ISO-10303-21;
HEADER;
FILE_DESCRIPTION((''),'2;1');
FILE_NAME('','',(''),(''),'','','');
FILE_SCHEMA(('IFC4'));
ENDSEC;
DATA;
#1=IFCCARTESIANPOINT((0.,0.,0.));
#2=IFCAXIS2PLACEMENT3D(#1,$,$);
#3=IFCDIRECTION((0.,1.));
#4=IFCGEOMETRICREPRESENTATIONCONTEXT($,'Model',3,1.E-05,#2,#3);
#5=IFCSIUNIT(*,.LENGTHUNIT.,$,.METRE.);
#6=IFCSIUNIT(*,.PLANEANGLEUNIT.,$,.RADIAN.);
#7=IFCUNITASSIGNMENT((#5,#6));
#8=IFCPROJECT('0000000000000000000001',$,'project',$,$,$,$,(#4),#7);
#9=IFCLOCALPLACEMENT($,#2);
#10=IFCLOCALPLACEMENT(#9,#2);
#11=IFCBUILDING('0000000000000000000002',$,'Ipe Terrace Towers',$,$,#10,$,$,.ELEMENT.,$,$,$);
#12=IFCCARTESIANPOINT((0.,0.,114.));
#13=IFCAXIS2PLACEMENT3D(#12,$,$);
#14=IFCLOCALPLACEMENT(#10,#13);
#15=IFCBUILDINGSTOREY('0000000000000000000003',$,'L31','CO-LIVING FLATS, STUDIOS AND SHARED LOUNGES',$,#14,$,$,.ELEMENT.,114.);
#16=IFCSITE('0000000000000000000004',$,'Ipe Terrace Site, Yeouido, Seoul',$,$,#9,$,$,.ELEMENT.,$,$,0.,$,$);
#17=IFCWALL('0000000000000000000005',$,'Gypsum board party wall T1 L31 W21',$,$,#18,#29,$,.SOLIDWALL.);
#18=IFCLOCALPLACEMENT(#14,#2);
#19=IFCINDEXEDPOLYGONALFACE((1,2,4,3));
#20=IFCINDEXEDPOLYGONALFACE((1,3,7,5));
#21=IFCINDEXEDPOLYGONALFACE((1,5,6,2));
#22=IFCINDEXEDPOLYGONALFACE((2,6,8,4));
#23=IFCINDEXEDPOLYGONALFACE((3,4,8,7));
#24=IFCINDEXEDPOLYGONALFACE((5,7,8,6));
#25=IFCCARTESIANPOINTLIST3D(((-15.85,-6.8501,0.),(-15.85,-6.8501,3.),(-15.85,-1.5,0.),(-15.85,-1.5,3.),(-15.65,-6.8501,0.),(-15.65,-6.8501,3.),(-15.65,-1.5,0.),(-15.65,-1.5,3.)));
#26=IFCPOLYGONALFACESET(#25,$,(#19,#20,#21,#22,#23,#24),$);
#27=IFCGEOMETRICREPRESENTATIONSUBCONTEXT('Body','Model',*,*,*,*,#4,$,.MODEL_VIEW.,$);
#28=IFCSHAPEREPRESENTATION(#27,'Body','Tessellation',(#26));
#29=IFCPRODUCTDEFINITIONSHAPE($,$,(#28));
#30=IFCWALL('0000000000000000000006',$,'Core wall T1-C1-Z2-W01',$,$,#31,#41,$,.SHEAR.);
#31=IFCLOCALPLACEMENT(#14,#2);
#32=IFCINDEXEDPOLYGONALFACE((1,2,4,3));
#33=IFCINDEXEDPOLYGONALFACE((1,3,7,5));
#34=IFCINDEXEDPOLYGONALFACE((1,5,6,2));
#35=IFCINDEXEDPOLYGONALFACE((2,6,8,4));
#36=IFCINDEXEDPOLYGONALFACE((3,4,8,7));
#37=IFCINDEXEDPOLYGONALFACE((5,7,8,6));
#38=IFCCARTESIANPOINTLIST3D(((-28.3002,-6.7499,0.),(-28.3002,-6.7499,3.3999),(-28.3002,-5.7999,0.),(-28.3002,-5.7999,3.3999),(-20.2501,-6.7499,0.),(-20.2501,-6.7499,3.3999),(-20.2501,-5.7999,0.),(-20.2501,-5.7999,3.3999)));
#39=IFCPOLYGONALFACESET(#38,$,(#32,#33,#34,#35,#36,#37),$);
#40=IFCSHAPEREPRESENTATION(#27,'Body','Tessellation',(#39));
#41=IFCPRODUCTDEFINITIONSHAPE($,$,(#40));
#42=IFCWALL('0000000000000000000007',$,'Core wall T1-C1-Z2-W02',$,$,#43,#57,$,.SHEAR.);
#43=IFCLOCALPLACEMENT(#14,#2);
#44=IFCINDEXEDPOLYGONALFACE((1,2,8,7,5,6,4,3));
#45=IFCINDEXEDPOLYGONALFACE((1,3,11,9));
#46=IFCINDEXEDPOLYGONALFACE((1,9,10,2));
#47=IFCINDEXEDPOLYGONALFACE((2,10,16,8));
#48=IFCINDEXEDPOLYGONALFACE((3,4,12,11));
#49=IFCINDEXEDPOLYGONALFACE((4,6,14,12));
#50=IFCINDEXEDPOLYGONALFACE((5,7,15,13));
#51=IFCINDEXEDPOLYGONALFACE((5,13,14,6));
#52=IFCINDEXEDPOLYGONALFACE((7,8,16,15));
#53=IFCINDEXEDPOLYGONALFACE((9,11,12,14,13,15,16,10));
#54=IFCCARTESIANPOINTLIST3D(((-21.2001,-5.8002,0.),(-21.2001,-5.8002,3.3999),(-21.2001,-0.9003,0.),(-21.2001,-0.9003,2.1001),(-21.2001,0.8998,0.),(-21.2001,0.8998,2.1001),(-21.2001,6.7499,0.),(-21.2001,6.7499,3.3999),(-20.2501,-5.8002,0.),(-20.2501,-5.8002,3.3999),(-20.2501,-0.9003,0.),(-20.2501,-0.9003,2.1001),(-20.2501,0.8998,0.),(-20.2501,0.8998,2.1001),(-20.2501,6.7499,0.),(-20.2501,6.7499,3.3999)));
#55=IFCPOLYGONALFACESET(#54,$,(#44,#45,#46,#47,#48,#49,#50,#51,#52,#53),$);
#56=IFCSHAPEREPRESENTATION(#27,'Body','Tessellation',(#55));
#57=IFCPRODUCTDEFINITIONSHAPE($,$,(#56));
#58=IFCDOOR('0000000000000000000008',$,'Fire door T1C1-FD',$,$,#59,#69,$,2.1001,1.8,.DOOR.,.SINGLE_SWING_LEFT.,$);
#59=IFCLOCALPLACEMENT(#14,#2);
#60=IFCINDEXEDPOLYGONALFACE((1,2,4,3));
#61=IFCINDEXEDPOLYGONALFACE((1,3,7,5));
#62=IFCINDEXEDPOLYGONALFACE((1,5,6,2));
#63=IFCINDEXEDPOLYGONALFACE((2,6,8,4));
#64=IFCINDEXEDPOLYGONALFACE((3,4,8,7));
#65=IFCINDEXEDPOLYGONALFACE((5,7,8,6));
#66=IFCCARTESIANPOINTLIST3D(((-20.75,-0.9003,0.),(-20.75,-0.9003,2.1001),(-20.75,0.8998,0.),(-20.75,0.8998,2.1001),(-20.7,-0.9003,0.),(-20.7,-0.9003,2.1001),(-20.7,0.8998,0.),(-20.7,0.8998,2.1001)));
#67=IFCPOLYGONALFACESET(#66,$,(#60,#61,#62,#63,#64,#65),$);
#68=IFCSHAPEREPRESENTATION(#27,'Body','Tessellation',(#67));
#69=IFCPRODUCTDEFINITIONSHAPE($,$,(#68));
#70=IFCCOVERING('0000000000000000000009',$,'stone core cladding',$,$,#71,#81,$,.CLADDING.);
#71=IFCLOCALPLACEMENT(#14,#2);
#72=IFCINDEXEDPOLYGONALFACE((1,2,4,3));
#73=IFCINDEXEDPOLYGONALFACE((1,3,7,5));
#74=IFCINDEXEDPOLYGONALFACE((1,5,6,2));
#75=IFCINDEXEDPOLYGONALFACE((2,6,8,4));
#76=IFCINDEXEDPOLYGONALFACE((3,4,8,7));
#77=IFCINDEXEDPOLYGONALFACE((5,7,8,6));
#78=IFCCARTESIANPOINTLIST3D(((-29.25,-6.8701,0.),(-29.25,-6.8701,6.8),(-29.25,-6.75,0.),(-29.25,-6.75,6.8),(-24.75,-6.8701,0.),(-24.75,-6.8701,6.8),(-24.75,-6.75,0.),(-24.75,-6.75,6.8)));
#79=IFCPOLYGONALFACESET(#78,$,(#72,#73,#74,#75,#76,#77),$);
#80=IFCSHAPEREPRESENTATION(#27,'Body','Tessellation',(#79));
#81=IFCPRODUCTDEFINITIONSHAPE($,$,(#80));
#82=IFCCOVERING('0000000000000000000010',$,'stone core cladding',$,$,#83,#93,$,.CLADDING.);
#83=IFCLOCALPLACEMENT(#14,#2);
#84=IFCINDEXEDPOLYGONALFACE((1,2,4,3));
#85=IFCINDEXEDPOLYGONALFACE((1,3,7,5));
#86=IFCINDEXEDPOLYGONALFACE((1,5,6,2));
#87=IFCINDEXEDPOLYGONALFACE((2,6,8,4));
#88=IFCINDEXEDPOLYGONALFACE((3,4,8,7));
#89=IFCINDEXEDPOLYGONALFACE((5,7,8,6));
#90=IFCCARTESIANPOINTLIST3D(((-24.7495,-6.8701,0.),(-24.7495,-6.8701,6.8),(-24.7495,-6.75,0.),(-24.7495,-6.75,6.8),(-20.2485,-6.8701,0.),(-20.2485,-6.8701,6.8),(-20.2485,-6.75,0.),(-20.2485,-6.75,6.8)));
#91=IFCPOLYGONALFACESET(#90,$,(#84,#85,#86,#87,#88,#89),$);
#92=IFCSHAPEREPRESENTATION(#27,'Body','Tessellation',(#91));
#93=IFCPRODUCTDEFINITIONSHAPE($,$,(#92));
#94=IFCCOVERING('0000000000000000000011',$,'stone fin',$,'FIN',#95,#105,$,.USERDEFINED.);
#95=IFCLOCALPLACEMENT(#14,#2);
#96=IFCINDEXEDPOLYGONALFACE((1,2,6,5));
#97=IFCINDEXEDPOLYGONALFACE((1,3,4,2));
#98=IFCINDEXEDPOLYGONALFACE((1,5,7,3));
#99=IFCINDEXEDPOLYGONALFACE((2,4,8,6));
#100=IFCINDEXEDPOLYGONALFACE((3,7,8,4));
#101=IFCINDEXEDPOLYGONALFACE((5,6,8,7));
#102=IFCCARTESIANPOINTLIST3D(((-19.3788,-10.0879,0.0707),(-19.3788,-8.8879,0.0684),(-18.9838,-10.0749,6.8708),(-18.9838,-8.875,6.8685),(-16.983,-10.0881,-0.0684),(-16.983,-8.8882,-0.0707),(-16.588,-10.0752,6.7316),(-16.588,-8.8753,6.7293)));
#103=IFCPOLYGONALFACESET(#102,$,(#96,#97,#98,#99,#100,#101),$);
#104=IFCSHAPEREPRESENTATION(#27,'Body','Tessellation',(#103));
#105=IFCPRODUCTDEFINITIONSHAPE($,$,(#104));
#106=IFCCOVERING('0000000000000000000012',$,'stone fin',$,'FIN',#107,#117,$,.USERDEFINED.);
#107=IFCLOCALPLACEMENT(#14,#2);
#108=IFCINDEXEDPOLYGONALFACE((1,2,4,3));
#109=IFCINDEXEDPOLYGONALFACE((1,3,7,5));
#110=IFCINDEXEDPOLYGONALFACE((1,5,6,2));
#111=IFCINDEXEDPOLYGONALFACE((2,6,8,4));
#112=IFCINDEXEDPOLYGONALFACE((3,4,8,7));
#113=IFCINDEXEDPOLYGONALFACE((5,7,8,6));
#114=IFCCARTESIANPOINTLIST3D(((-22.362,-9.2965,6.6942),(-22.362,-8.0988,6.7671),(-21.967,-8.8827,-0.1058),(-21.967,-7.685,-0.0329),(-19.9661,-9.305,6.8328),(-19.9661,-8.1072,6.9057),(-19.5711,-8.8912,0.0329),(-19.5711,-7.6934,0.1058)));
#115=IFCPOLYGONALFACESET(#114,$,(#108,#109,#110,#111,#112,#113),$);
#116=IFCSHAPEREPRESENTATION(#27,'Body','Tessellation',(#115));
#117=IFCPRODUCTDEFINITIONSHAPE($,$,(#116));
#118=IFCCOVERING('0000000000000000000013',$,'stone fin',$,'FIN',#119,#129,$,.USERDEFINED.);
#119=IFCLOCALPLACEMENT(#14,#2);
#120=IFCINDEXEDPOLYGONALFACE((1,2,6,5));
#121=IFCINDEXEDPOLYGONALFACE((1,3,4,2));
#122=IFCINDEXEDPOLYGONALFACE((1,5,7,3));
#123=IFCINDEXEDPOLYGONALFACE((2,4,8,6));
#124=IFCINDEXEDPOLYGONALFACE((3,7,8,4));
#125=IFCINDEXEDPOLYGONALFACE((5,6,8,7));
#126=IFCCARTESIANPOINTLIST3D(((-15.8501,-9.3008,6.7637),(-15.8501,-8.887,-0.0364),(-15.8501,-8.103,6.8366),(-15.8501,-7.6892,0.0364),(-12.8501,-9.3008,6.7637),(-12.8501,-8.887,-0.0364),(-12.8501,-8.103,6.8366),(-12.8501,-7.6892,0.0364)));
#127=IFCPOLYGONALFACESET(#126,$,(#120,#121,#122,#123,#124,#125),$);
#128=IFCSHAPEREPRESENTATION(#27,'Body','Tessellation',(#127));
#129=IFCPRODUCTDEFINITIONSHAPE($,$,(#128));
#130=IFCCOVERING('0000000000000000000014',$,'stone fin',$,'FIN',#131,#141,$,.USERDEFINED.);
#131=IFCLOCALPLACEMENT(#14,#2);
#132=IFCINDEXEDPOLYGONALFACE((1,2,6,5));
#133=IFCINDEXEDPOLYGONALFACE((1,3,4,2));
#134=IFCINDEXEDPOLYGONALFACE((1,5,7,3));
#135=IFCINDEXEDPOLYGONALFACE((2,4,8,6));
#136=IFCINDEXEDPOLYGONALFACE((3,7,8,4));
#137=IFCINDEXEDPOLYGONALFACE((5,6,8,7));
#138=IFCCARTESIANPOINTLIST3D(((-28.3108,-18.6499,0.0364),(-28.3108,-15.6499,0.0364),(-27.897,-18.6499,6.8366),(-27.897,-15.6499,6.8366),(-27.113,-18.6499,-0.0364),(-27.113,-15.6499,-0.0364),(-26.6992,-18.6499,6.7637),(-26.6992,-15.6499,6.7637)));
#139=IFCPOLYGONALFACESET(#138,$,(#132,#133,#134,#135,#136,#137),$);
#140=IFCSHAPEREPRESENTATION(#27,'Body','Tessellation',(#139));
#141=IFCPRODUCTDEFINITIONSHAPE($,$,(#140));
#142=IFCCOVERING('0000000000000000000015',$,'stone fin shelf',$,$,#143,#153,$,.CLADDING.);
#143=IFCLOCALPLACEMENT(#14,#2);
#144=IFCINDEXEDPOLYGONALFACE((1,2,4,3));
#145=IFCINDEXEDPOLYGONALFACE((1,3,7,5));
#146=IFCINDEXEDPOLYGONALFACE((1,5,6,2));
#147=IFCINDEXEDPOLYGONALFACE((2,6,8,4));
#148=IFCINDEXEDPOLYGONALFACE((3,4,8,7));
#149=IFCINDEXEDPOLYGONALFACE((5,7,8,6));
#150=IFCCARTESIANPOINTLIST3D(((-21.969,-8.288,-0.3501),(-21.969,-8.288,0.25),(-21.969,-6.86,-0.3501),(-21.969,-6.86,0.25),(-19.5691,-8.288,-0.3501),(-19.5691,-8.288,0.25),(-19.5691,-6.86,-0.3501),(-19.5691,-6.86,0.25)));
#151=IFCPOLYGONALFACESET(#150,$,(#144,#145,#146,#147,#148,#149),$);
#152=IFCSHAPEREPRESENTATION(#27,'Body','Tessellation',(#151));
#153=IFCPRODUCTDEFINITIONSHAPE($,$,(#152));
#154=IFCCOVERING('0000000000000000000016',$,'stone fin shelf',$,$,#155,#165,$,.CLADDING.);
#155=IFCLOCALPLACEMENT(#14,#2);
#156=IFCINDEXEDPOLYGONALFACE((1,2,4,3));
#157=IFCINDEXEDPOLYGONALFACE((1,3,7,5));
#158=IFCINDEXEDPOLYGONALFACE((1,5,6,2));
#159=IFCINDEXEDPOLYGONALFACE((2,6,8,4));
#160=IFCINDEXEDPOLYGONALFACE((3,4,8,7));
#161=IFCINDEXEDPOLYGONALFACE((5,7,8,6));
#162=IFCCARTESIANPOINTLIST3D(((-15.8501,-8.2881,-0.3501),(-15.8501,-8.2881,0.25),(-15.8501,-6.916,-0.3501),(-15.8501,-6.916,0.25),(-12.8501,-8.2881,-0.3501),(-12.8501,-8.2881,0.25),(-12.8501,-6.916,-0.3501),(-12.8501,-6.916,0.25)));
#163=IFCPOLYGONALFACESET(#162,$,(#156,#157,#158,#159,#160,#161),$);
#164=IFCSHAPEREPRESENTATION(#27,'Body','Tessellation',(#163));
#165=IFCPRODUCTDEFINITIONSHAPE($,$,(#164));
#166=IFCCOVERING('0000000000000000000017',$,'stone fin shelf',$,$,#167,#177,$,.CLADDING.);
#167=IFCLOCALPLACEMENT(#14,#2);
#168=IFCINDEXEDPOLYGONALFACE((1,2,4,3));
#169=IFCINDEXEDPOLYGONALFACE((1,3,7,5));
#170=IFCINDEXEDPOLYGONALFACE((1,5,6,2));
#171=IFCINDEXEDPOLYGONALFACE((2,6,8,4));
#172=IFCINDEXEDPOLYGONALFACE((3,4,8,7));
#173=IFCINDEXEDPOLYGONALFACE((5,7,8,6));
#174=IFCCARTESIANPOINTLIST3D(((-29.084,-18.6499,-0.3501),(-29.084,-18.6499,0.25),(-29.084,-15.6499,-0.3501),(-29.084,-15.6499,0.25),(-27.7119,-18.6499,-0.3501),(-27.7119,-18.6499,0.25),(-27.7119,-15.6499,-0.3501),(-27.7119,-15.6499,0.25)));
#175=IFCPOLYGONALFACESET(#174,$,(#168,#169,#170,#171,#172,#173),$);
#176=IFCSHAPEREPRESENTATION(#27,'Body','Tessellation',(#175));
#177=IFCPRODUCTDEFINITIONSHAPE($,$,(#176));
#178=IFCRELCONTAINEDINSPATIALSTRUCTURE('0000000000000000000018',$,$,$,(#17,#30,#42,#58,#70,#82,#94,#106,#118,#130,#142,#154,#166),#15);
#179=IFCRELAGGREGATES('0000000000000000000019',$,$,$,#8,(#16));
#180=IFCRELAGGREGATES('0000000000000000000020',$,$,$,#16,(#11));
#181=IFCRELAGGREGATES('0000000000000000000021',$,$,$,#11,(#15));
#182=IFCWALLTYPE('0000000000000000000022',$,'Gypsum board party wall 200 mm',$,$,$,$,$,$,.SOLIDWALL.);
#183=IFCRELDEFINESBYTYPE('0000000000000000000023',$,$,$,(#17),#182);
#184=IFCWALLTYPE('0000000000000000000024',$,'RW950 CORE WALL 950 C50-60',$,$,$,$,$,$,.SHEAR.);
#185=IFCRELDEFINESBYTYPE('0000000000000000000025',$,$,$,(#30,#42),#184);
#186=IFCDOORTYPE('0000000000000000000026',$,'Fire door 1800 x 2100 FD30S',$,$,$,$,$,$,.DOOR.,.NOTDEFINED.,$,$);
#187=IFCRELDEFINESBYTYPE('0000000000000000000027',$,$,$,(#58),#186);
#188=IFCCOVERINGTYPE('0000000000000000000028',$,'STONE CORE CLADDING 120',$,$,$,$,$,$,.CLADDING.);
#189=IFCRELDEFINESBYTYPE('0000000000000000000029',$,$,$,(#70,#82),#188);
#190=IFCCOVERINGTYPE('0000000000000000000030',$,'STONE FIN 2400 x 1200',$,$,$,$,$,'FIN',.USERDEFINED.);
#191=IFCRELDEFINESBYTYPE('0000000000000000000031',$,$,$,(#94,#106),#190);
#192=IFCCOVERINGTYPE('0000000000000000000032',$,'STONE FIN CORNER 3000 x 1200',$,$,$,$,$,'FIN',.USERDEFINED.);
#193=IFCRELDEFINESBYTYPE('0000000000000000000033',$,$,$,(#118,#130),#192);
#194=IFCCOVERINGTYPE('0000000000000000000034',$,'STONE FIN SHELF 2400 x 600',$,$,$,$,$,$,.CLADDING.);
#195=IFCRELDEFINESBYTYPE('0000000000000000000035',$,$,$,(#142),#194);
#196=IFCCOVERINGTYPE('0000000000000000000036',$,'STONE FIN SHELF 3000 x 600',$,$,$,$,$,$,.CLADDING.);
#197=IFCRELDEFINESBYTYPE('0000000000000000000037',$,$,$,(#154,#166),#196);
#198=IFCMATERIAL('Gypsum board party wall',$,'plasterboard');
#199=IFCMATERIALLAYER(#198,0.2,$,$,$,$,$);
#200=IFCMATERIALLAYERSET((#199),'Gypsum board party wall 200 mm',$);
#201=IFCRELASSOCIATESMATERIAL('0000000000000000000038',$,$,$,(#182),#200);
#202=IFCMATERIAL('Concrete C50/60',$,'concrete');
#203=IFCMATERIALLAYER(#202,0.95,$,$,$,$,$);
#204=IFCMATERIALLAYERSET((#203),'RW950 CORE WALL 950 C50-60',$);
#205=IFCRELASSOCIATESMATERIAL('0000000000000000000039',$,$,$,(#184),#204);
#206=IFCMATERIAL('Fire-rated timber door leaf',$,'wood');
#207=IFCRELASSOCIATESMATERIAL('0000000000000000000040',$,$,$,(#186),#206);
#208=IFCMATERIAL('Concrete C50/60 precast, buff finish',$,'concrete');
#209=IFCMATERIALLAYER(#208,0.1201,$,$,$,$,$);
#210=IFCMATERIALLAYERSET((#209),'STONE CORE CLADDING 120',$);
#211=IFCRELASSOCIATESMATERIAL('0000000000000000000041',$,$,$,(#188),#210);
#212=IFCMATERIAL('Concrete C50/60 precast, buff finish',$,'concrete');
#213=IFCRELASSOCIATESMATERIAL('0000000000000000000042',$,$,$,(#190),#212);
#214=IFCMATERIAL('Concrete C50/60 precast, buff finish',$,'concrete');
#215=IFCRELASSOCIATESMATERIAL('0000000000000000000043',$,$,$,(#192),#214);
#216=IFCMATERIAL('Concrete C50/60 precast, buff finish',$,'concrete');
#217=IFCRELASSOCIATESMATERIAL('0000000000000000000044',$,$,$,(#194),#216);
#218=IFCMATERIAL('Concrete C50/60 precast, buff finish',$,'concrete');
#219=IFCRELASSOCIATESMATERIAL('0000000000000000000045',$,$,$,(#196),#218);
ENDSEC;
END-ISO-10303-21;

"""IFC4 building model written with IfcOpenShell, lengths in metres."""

from ifc_helpers import new_model, si_unit, direction, frame, frame_2d, origin, origin_2d, place, context, subcontext, project, spatial, rectangle, extrude, material, layer, layer_set, material_profile, profile_set, type_object, element, fill, save


model = new_model("IFC4")

# Units and contexts
model_context = context("Model", 3, precision=1e-05, world=origin(), true_north=direction((0.0, 1.0)))
body_context = subcontext(model_context, "Body", "Model", "MODEL_VIEW")
ifc_project = project(units=[si_unit("LENGTHUNIT", "METRE"), si_unit("PLANEANGLEUNIT", "RADIAN")], contexts=[model_context])

# Site, building, storey
site_placement = place(None, origin())
site = spatial("IfcSite", under=ifc_project, at=site_placement, Name="Ipe Terrace Site, Yeouido, Seoul", CompositionType="ELEMENT", RefElevation=0.0)
building_placement = place(site_placement, origin())
building = spatial("IfcBuilding", under=site, at=building_placement, Name="Ipe Terrace Towers", CompositionType="ELEMENT")
storey_placement = place(building_placement, frame((0.0, 0.0, 114.0)))
storey = spatial("IfcBuildingStorey", under=building, at=storey_placement, Name="L31", Description="CO-LIVING FLATS, STUDIOS AND SHARED LOUNGES", CompositionType="ELEMENT", Elevation=114.0)

# Walls
ifc_material_1 = material(Name="Gypsum board party wall", Category="plasterboard")
ifc_layer_1 = layer(ifc_material_1, 0.2)
ifc_layer_set_1 = layer_set([ifc_layer_1], Name="Gypsum board party wall 200 mm")
wall_type_1 = type_object("IfcWallType", Name="Gypsum board party wall 200 mm", PredefinedType="SOLIDWALL", material=ifc_layer_set_1)
wall_1_placement = place(storey_placement, frame((-15.75, -6.8501, 0.0), z_axis=(0.0, 0.0, 1.0), x_axis=(0.0, 1.0, 0.0)))
element("IfcWall", 1, at=wall_1_placement, inside=storey, type_object=wall_type_1, Name="Gypsum board party wall T1 L31 W21", PredefinedType="SOLIDWALL", context=body_context, shape_type="SweptSolid", body=[
    extrude(rectangle(XDim=5.3501, YDim=0.2, at=frame_2d((2.675, 0.0))), origin(), (0.0, 0.0, 1.0), 3.0),
])
ifc_material_2 = material(Name="Concrete C50/60", Category="concrete")
ifc_layer_2 = layer(ifc_material_2, 0.95)
ifc_layer_set_2 = layer_set([ifc_layer_2], Name="RW950 CORE WALL 950 C50-60")
wall_type_2 = type_object("IfcWallType", Name="RW950 CORE WALL 950 C50-60", PredefinedType="SHEAR", material=ifc_layer_set_2)
wall_2_placement = place(storey_placement, frame((-28.3, -6.2749, 0.0), z_axis=(0.0, 0.0, 1.0), x_axis=(1.0, 0.0, 0.0)))
element("IfcWall", 2, at=wall_2_placement, inside=storey, type_object=wall_type_2, Name="Core wall T1-C1-Z2-W01", PredefinedType="SHEAR", context=body_context, shape_type="SweptSolid", body=[
    extrude(rectangle(XDim=8.05, YDim=0.95, at=frame_2d((4.0249, 0.0))), origin(), (0.0, 0.0, 1.0), 3.3999),
])

# Wall, opening, door
wall_3_placement = place(storey_placement, frame((-20.7251, -5.8, 0.0), z_axis=(0.0, 0.0, 1.0), x_axis=(0.0, 1.0, 0.0)))
wall_3 = element("IfcWall", 3, at=wall_3_placement, inside=storey, type_object=wall_type_2, Name="Core wall T1-C1-Z2-W02", PredefinedType="SHEAR", context=body_context, shape_type="SweptSolid", body=[
    extrude(rectangle(XDim=12.55, YDim=0.95, at=frame_2d((6.2749, 0.0))), origin(), (0.0, 0.0, 1.0), 3.3999),
])
opening_1_placement = place(wall_3_placement, frame((4.8999, 0.0, 0.0)))
opening_1 = element("IfcOpeningElement", 4, at=opening_1_placement, cuts=wall_3, PredefinedType="OPENING", context=body_context, shape_type="SweptSolid", body=[
    extrude(rectangle(XDim=1.8, YDim=2.1001, at=frame_2d((0.8999, 1.05))), frame((0.0, 0.4849, 0.0), z_axis=(0.0, -1.0, 0.0), x_axis=(1.0, 0.0, 0.0)), (0.0, 0.0, 1.0), 0.97),
])
ifc_material_3 = material(Name="Fire-rated timber door leaf", Category="wood")
door_type_1 = type_object("IfcDoorType", Name="Fire door 1800 x 2100 FD30S", OperationType="NOTDEFINED", PredefinedType="DOOR", material=ifc_material_3)
door_1_placement = place(opening_1_placement, origin())
door_1 = element("IfcDoor", 5, at=door_1_placement, inside=storey, type_object=door_type_1, Name="Fire door T1C1-FD", OperationType="SINGLE_SWING_LEFT", OverallHeight=2.1001, OverallWidth=1.8, PredefinedType="DOOR", context=body_context, shape_type="SweptSolid", body=[
    extrude(rectangle(XDim=1.8, YDim=2.1001, at=frame_2d((0.8999, 1.05))), frame((0.0, 0.0249, 0.0), z_axis=(0.0, -1.0, 0.0), x_axis=(1.0, 0.0, 0.0)), (0.0, 0.0, 1.0), 0.05),
])
fill(opening_1, door_1)

# Coverings
ifc_material_4 = material(Name="Concrete C50/60 precast, buff finish", Category="concrete")
ifc_layer_3 = layer(ifc_material_4, 0.1201)
ifc_layer_set_3 = layer_set([ifc_layer_3], Name="STONE CORE CLADDING 120")
covering_type_1 = type_object("IfcCoveringType", Name="STONE CORE CLADDING 120", PredefinedType="CLADDING", material=ifc_layer_set_3)
covering_1_placement = place(storey_placement, frame((-27.0, -6.8101, 0.0), z_axis=(0.0, 0.0, 1.0), x_axis=(1.0, 0.0, 0.0)))
element("IfcCovering", 6, at=covering_1_placement, inside=storey, type_object=covering_type_1, Name="stone core cladding", PredefinedType="CLADDING", context=body_context, shape_type="SweptSolid", body=[
    extrude(rectangle(XDim=4.5, YDim=0.1201, at=origin_2d()), origin(), (0.0, 0.0, 1.0), 6.8),
])
covering_2_placement = place(storey_placement, frame((-22.499, -6.8101, 0.0), z_axis=(0.0, 0.0, 1.0), x_axis=(1.0, 0.0, 0.0)))
element("IfcCovering", 7, at=covering_2_placement, inside=storey, type_object=covering_type_1, Name="stone core cladding", PredefinedType="CLADDING", context=body_context, shape_type="SweptSolid", body=[
    extrude(rectangle(XDim=4.501, YDim=0.1201, at=origin_2d()), origin(), (0.0, 0.0, 1.0), 6.8),
])
ifc_material_5 = material(Name="Concrete C50/60 precast, buff finish", Category="concrete")
ifc_material_profile_1 = material_profile(ifc_material_5, rectangle(XDim=2.3999, YDim=1.2, at=origin_2d()), Name="STONE FIN 2400 x 1200")
ifc_profile_set_1 = profile_set([ifc_material_profile_1], Name="Concrete C50/60 precast, buff finish")
covering_type_2 = type_object("IfcCoveringType", Name="STONE FIN 2400 x 1200", ElementType="FIN", PredefinedType="USERDEFINED", material=ifc_profile_set_1)
covering_3_placement = place(storey_placement, frame((-18.1809, -9.488, 0.0), z_axis=(0.057993, 0.0019, 0.998315), x_axis=(0.998317, -0.00011, -0.057993)))
element("IfcCovering", 8, at=covering_3_placement, inside=storey, type_object=covering_type_2, Name="stone fin", ObjectType="FIN", PredefinedType="USERDEFINED", context=body_context, shape_type="SweptSolid", body=[
    extrude(rectangle(XDim=2.3999, YDim=1.2, at=origin_2d()), origin(), (0.0, 0.0, 1.0), 6.8115),
])
covering_4_placement = place(storey_placement, frame((-20.769, -8.2881, 0.0), z_axis=(-0.057886, -0.060641, 0.99648), x_axis=(0.998323, -0.003516, 0.057779)))
element("IfcCovering", 9, at=covering_4_placement, inside=storey, type_object=covering_type_2, Name="stone fin", ObjectType="FIN", PredefinedType="USERDEFINED", context=body_context, shape_type="SweptSolid", body=[
    extrude(rectangle(XDim=2.3999, YDim=1.2, at=origin_2d()), origin(), (0.0, 0.0, 1.0), 6.824),
])
ifc_material_6 = material(Name="Concrete C50/60 precast, buff finish", Category="concrete")
ifc_material_profile_2 = material_profile(ifc_material_6, rectangle(XDim=3.0, YDim=1.2, at=origin_2d()), Name="STONE FIN CORNER 3000 x 1200")
ifc_profile_set_2 = profile_set([ifc_material_profile_2], Name="Concrete C50/60 precast, buff finish")
covering_type_3 = type_object("IfcCoveringType", Name="STONE FIN CORNER 3000 x 1200", ElementType="FIN", PredefinedType="USERDEFINED", material=ifc_profile_set_2)
for number, where, z_axis, x_axis, name in (
    (10, (-14.3501, -8.2881, 0.0), (0.0, -0.060743, 0.998153), (1.0, 0.0, 0.0), "stone fin"),
    (11, (-27.7119, -17.1499, 0.0), (0.060743, 0.0, 0.998153), (0.0, 1.0, 0.0), "stone fin"),
):
    element("IfcCovering", number, at=place(storey_placement, frame(where, z_axis=z_axis, x_axis=x_axis)), inside=storey, type_object=covering_type_3, Name=name, ObjectType="FIN", PredefinedType="USERDEFINED", context=body_context, shape_type="SweptSolid", body=[
        extrude(rectangle(XDim=3.0, YDim=1.2, at=origin_2d()), origin(), (0.0, 0.0, 1.0), 6.8127),
    ])
ifc_material_7 = material(Name="Concrete C50/60 precast, buff finish", Category="concrete")
covering_type_4 = type_object("IfcCoveringType", Name="STONE FIN SHELF 2400 x 600", PredefinedType="CLADDING", material=ifc_material_7)
covering_5_placement = place(storey_placement, frame((-20.769, -7.574, -0.3501), z_axis=(0.0, 0.0, 1.0), x_axis=(1.0, 0.0, 0.0)))
element("IfcCovering", 12, at=covering_5_placement, inside=storey, type_object=covering_type_4, Name="stone fin shelf", PredefinedType="CLADDING", context=body_context, shape_type="SweptSolid", body=[
    extrude(rectangle(XDim=2.3999, YDim=1.428, at=origin_2d()), origin(), (0.0, 0.0, 1.0), 0.6001),
])
ifc_material_8 = material(Name="Concrete C50/60 precast, buff finish", Category="concrete")
covering_type_5 = type_object("IfcCoveringType", Name="STONE FIN SHELF 3000 x 600", PredefinedType="CLADDING", material=ifc_material_8)
for number, where, z_axis, x_axis, name in (
    (13, (-14.3501, -7.6021, -0.3501), (0.0, 0.0, 1.0), (1.0, 0.0, 0.0), "stone fin shelf"),
    (14, (-28.3979, -17.1499, -0.3501), (0.0, 0.0, 1.0), (0.0, 1.0, 0.0), "stone fin shelf"),
):
    element("IfcCovering", number, at=place(storey_placement, frame(where, z_axis=z_axis, x_axis=x_axis)), inside=storey, type_object=covering_type_5, Name=name, PredefinedType="CLADDING", context=body_context, shape_type="SweptSolid", body=[
        extrude(rectangle(XDim=3.0, YDim=1.3721, at=origin_2d()), origin(), (0.0, 0.0, 1.0), 0.6001),
    ])

save(model, "model.ifc")
